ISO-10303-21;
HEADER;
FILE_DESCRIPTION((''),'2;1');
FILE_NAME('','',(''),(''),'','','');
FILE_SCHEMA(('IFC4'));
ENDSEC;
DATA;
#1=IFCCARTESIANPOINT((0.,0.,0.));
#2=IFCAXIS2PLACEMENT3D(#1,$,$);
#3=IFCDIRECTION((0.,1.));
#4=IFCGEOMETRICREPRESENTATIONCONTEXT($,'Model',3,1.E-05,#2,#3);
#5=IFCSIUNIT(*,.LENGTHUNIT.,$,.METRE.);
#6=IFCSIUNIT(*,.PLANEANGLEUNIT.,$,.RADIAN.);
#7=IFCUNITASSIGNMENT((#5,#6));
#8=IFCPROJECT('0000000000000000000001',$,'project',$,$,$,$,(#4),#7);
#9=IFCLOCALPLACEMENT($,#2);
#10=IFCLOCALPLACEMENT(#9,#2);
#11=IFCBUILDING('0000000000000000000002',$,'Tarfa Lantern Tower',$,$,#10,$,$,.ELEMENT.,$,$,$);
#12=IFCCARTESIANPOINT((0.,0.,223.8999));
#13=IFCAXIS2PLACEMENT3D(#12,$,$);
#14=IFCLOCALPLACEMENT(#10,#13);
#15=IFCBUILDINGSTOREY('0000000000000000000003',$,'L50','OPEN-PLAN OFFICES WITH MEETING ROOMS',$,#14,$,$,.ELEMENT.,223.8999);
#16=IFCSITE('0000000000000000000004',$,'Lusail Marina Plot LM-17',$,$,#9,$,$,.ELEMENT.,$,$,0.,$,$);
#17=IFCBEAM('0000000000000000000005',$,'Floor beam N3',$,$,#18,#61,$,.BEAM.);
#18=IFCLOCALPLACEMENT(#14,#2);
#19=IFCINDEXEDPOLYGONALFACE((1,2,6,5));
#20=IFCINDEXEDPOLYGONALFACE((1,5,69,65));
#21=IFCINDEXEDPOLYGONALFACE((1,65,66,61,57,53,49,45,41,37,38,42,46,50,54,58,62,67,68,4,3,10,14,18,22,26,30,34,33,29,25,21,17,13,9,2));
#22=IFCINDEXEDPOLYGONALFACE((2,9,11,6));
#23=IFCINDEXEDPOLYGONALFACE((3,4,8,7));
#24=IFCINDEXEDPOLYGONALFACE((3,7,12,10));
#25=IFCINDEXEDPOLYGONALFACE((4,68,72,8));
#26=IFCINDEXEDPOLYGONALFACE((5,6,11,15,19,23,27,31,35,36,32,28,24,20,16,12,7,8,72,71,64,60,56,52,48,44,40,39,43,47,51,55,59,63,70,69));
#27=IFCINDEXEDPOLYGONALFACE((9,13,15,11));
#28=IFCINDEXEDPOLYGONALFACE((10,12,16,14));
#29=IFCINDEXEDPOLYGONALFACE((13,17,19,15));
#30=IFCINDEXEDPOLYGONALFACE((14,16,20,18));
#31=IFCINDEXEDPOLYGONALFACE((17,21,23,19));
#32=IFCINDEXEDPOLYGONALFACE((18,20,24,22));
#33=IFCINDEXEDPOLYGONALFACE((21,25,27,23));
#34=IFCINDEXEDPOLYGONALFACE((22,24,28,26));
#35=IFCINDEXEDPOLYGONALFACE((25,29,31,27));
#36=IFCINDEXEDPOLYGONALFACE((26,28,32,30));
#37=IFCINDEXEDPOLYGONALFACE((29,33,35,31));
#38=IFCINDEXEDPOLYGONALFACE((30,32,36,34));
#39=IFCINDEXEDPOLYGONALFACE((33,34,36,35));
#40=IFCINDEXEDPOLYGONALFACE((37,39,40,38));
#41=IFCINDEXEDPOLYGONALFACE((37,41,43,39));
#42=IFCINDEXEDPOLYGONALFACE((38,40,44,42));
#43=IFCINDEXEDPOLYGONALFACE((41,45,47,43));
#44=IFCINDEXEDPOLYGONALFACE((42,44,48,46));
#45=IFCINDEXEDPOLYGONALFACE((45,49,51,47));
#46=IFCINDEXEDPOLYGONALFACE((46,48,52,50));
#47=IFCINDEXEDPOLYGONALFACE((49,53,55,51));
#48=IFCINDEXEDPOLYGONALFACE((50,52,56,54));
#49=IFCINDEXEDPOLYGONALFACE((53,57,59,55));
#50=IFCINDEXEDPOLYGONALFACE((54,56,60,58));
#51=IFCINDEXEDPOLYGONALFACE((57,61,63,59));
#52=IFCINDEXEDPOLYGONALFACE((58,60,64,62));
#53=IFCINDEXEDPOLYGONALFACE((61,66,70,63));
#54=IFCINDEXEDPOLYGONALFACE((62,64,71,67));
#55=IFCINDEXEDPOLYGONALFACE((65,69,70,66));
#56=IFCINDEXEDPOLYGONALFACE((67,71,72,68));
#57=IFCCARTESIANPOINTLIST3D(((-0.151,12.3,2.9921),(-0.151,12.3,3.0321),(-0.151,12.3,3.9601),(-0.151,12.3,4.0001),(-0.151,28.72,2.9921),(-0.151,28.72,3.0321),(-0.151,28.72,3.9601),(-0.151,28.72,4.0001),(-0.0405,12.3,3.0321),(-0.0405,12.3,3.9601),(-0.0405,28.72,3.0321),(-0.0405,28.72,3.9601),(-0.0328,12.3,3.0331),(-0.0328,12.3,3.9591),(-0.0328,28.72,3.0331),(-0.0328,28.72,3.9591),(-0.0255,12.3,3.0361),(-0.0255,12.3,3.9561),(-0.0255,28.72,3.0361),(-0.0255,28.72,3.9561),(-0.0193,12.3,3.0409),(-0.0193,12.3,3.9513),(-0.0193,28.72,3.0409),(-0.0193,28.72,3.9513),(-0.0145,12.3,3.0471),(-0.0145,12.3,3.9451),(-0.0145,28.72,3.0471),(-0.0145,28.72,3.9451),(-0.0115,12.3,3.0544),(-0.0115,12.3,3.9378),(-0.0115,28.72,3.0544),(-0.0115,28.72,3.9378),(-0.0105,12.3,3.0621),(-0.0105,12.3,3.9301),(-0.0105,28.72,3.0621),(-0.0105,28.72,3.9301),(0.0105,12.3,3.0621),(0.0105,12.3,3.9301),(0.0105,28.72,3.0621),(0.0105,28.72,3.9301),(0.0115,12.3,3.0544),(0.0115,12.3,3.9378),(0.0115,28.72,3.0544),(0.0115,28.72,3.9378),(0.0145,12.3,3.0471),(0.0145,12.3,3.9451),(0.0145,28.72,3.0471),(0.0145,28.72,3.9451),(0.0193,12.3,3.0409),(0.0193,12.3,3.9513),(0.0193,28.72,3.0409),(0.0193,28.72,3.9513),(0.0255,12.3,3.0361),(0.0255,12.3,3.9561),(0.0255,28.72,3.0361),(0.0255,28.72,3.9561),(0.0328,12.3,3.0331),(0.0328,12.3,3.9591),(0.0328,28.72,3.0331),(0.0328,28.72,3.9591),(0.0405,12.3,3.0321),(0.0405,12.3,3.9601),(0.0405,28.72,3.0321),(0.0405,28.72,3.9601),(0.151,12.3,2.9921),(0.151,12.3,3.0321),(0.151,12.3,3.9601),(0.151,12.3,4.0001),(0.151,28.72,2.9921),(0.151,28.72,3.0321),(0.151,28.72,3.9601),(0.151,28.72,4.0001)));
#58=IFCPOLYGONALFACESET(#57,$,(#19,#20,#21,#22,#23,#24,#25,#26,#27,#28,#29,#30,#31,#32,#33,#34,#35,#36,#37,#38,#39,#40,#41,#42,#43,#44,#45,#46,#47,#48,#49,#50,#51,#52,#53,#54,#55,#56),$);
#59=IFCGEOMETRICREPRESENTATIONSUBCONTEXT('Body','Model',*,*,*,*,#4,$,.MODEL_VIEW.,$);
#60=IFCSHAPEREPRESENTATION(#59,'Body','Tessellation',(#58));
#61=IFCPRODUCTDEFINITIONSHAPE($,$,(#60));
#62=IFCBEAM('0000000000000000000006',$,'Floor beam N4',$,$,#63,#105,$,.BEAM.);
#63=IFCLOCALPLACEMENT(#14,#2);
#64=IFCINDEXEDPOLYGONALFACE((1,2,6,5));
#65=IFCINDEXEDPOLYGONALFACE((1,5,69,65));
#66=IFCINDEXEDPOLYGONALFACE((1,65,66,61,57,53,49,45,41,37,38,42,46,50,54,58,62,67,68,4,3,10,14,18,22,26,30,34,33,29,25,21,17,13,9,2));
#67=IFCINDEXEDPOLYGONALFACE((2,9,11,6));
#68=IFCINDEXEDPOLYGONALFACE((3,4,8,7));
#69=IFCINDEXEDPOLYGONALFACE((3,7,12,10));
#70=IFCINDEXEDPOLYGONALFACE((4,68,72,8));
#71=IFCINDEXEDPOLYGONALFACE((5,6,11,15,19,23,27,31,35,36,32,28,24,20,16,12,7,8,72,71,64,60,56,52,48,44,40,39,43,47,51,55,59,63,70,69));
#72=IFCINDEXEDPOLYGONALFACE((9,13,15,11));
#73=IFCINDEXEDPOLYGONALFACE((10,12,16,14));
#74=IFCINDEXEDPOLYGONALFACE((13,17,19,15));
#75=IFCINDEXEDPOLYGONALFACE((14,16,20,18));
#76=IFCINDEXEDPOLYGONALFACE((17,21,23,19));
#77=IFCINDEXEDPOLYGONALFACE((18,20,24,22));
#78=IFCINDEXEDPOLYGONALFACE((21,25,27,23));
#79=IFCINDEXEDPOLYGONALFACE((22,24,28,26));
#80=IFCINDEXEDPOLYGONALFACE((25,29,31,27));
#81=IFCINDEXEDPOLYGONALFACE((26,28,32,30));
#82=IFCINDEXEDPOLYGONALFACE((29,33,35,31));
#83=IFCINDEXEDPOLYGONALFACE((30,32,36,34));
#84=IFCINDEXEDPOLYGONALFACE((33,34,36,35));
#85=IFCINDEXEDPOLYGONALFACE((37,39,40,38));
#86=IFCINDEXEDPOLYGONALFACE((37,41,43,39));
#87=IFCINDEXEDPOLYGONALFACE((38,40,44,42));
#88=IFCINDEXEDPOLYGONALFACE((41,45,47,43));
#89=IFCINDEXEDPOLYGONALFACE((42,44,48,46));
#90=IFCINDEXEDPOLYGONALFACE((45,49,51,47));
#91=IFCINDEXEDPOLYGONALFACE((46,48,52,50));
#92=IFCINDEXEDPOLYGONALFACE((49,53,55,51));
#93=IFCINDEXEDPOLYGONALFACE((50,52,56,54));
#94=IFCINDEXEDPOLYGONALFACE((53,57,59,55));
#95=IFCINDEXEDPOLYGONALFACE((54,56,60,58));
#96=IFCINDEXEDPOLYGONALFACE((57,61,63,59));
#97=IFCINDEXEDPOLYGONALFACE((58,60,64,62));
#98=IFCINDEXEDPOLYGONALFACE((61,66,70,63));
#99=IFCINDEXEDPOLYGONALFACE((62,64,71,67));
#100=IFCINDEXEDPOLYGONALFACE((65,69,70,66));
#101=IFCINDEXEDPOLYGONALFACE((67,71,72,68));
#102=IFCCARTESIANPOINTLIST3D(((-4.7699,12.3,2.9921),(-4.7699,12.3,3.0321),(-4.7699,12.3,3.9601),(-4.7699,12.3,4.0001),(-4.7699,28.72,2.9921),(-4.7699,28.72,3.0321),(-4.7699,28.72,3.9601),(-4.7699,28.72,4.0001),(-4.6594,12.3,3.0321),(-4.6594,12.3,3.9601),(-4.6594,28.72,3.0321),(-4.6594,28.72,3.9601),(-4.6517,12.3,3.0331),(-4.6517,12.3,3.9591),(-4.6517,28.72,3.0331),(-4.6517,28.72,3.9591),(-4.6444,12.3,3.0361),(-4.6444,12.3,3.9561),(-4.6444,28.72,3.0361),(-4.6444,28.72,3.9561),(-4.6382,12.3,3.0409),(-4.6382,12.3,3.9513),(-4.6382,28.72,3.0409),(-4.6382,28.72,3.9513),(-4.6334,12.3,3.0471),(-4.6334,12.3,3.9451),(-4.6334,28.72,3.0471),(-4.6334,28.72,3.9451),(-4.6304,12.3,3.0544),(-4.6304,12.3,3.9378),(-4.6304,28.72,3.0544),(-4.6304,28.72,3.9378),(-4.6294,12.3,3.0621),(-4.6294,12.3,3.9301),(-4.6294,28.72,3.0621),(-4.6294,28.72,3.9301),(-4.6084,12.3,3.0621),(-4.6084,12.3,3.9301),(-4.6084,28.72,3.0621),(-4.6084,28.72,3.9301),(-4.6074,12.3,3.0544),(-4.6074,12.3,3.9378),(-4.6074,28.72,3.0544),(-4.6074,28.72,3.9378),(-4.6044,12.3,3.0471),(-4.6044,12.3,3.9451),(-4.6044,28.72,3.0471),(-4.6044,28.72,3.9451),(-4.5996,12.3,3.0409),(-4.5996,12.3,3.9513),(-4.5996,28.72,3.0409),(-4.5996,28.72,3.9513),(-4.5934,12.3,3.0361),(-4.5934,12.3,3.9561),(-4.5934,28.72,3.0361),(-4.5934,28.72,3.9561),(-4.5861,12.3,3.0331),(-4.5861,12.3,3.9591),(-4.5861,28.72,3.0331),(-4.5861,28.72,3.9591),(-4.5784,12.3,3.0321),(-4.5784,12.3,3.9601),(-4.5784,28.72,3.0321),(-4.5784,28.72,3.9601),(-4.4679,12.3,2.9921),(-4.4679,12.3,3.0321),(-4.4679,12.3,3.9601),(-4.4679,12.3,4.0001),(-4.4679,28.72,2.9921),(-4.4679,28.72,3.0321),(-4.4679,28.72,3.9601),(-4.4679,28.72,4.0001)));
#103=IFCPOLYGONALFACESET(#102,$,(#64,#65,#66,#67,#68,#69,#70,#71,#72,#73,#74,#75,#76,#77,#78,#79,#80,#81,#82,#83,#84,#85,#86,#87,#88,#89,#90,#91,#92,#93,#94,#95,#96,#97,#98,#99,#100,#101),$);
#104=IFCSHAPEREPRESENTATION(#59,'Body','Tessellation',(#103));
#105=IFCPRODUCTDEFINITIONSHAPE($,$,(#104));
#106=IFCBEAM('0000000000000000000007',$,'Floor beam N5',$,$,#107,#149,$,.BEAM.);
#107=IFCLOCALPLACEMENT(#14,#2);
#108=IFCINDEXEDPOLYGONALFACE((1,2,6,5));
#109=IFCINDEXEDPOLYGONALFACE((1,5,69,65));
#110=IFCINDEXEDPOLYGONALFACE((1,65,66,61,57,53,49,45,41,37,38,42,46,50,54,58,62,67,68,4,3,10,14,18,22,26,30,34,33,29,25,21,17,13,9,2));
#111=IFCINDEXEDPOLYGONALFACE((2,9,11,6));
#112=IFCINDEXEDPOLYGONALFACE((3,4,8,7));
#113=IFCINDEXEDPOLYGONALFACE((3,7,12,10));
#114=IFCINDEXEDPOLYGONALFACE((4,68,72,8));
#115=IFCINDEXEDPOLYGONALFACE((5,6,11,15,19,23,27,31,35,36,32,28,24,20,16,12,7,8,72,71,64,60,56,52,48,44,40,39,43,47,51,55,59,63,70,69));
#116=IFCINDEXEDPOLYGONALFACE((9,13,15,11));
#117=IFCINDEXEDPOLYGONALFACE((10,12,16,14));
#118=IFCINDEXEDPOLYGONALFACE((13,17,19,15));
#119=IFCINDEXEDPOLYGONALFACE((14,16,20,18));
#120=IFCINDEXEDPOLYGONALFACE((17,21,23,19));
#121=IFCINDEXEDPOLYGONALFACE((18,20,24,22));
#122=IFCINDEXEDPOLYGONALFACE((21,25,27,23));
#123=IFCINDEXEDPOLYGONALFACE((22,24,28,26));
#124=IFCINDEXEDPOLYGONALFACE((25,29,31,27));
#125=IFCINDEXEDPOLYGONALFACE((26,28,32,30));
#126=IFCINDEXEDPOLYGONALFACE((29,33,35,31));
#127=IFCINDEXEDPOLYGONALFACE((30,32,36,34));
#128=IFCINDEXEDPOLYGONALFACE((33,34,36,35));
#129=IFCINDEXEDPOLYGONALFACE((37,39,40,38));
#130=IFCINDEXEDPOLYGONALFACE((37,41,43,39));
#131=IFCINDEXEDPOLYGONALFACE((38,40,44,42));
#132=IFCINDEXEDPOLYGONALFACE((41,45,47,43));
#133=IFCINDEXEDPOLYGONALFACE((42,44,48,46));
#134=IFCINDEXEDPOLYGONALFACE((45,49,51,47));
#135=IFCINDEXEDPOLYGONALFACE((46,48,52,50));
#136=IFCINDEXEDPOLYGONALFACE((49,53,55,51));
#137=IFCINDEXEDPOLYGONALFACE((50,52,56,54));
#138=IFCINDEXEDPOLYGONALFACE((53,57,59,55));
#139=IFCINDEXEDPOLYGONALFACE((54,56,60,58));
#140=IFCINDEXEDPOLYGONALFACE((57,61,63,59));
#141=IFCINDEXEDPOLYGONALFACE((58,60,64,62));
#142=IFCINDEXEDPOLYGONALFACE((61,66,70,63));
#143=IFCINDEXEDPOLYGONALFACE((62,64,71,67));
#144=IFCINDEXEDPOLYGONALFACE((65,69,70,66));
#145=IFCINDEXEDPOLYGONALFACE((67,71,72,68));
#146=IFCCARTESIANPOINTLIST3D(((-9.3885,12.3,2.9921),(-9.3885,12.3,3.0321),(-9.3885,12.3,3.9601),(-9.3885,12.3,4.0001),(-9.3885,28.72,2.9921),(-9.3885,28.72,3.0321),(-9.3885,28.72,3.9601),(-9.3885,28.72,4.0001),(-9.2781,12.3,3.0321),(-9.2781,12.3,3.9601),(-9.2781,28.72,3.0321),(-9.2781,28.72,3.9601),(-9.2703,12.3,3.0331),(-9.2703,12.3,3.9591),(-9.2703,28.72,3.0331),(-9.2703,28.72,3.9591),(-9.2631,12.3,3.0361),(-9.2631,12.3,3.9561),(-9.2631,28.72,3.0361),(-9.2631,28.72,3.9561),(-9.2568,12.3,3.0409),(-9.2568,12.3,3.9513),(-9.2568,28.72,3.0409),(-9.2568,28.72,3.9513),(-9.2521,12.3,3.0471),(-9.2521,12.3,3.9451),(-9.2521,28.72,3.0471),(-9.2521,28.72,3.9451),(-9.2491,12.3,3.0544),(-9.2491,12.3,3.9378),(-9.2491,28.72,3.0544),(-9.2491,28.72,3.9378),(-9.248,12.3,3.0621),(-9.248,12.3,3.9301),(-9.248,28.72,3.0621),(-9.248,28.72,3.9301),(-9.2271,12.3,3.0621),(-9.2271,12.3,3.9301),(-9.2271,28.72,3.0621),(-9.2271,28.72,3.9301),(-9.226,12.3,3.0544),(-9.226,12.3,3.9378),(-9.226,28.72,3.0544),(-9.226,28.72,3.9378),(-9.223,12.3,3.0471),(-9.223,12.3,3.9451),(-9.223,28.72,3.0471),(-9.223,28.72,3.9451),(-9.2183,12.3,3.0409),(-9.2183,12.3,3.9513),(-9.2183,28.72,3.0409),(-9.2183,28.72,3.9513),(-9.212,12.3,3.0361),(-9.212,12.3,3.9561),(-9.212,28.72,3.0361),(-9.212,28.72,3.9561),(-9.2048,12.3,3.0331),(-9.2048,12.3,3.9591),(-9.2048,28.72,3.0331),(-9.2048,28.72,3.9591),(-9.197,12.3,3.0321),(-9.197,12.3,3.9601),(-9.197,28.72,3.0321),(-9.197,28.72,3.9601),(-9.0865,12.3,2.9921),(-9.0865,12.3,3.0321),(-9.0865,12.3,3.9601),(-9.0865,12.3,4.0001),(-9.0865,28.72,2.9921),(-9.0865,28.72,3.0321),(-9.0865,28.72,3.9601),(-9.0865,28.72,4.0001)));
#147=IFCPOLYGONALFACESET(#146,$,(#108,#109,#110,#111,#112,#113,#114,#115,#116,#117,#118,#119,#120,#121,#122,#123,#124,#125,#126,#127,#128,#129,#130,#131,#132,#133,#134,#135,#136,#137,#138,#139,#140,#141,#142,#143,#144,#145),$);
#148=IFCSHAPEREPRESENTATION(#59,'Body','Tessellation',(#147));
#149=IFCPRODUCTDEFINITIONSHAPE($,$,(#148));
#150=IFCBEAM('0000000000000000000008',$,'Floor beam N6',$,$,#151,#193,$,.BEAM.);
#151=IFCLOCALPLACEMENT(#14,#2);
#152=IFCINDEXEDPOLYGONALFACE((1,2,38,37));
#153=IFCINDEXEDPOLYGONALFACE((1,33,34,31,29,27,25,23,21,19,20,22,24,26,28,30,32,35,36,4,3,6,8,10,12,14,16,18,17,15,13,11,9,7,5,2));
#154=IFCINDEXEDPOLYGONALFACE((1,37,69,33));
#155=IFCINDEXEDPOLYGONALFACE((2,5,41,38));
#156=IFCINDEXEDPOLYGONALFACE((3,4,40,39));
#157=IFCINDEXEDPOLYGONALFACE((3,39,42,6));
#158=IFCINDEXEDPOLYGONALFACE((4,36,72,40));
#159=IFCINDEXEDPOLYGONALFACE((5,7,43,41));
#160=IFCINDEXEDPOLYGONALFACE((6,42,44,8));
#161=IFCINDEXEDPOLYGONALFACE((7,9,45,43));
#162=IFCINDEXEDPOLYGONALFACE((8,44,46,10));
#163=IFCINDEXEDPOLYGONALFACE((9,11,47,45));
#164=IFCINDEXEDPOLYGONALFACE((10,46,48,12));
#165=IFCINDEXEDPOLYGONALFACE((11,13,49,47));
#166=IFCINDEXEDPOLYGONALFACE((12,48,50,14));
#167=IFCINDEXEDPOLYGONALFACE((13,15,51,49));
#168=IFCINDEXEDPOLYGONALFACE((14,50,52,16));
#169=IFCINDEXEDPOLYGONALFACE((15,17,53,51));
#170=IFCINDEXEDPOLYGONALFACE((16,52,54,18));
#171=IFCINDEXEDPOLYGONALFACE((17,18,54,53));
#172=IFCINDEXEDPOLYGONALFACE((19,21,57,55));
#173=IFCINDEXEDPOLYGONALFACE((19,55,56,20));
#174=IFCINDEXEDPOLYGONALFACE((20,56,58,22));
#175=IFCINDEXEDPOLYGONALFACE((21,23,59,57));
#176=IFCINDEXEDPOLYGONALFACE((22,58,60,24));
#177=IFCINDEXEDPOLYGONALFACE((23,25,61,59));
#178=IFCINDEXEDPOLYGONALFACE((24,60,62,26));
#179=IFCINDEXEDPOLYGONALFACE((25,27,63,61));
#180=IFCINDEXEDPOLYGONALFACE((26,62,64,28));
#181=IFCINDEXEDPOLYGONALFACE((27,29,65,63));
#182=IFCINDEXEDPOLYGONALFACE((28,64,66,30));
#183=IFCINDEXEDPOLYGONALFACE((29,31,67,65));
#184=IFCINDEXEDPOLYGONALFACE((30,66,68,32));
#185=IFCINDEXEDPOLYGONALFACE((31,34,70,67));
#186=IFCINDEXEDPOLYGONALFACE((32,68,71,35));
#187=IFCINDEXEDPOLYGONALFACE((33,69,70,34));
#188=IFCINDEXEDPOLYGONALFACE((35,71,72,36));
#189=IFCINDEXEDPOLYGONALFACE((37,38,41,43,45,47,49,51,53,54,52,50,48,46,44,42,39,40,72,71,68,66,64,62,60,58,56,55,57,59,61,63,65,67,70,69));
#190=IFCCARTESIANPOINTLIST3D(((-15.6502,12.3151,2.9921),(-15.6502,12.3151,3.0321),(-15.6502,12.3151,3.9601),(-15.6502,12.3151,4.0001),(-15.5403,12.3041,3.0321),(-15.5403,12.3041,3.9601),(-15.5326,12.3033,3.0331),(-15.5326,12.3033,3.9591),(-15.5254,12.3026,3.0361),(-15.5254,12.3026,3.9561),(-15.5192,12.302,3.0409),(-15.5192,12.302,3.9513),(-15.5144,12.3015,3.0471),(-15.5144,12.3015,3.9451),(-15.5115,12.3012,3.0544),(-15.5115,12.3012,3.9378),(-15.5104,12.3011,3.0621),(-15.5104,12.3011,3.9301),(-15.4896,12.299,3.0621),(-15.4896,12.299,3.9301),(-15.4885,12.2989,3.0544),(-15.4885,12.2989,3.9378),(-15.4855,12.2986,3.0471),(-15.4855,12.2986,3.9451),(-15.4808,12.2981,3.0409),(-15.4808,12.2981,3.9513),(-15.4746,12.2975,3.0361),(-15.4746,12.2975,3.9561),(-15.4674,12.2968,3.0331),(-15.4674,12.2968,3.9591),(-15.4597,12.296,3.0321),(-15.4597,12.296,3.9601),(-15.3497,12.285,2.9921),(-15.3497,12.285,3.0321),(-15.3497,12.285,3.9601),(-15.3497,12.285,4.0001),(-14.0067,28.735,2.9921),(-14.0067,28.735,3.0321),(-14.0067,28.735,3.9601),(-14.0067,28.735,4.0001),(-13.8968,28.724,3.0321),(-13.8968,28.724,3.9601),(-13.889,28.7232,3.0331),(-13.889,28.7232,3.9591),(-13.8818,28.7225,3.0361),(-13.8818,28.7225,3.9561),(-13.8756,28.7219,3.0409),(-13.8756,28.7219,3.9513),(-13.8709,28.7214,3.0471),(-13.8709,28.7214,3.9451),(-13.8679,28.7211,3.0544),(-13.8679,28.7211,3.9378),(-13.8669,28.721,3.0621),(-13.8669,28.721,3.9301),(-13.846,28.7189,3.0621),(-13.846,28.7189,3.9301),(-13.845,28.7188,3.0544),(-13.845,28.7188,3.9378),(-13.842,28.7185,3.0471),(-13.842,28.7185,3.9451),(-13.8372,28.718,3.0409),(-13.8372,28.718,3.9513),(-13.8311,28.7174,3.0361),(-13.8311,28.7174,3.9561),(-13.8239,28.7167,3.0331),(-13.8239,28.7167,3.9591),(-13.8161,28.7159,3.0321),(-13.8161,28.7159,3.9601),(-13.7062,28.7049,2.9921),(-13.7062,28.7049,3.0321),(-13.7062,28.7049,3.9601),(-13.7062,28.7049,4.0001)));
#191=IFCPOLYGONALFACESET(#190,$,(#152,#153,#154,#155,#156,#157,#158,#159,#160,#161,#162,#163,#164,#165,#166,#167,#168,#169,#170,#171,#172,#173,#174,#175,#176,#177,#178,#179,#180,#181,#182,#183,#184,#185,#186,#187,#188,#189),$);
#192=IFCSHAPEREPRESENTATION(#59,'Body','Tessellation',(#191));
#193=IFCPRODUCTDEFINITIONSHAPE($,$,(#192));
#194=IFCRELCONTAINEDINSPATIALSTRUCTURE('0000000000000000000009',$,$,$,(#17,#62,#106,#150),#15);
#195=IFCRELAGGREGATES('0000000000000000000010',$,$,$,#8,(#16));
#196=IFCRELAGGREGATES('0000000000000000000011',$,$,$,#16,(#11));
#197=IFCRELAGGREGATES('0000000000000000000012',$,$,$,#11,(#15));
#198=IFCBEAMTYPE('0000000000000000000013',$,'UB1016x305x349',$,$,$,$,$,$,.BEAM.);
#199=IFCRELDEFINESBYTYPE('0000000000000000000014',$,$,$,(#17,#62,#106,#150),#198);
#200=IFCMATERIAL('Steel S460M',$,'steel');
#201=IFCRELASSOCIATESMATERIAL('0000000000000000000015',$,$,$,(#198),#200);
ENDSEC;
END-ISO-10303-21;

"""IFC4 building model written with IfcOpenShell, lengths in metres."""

from ifc_helpers import new_model, si_unit, direction, frame, origin, origin_2d, place, context, subcontext, project, spatial, i_section, extrude, material, material_profile, profile_set, type_object, element, save


model = new_model("IFC4")

# Units and contexts
model_context = context("Model", 3, precision=1e-05, world=origin(), true_north=direction((0.0, 1.0)))
body_context = subcontext(model_context, "Body", "Model", "MODEL_VIEW")
ifc_project = project(units=[si_unit("LENGTHUNIT", "METRE"), si_unit("PLANEANGLEUNIT", "RADIAN")], contexts=[model_context])

# Site, building, storey
site_placement = place(None, origin())
site = spatial("IfcSite", under=ifc_project, at=site_placement, Name="Lusail Marina Plot LM-17", CompositionType="ELEMENT", RefElevation=0.0)
building_placement = place(site_placement, origin())
building = spatial("IfcBuilding", under=site, at=building_placement, Name="Tarfa Lantern Tower", CompositionType="ELEMENT")
storey_placement = place(building_placement, frame((0.0, 0.0, 223.8999)))
storey = spatial("IfcBuildingStorey", under=building, at=storey_placement, Name="L50", Description="OPEN-PLAN OFFICES WITH MEETING ROOMS", CompositionType="ELEMENT", Elevation=223.8999)

# Beams
ifc_material_1 = material(Name="Steel S460M", Category="steel")
ifc_material_profile_1 = material_profile(ifc_material_1, i_section(OverallWidth=0.302, OverallDepth=1.0081, WebThickness=0.021, FlangeThickness=0.04, FilletRadius=0.03, at=origin_2d()), Name="UB1016x305x349")
ifc_profile_set_1 = profile_set([ifc_material_profile_1], Name="Steel S460M")
beam_type_1 = type_object("IfcBeamType", Name="UB1016x305x349", PredefinedType="BEAM", material=ifc_profile_set_1)
for number, where, z_axis, x_axis, name in (
    (1, (0.0, 28.72, 3.4961), (0.0, -1.0, 0.0), (1.0, 0.0, 0.0), "Floor beam N3"),
    (2, (-4.6189, 28.72, 3.4961), (0.0, -1.0, 0.0), (1.0, 0.0, 0.0), "Floor beam N4"),
    (3, (-9.2375, 28.72, 3.4961), (0.0, -1.0, 0.0), (1.0, 0.0, 0.0), "Floor beam N5"),
):
    element("IfcBeam", number, at=place(storey_placement, frame(where, z_axis=z_axis, x_axis=x_axis)), inside=storey, type_object=beam_type_1, Name=name, PredefinedType="BEAM", context=body_context, shape_type="SweptSolid", body=[
        extrude(i_section(OverallWidth=0.302, OverallDepth=1.0081, WebThickness=0.021, FlangeThickness=0.04, FilletRadius=0.03, at=origin_2d()), origin(), (0.0, 0.0, 1.0), 16.4199),
    ])
beam_1_placement = place(storey_placement, frame((-13.8564, 28.72, 3.4961), z_axis=(-0.099597, -0.995028, 0.0), x_axis=(0.995028, -0.099597, 0.0)))
element("IfcBeam", 4, at=beam_1_placement, inside=storey, type_object=beam_type_1, Name="Floor beam N6", PredefinedType="BEAM", context=body_context, shape_type="SweptSolid", body=[
    extrude(i_section(OverallWidth=0.302, OverallDepth=1.0081, WebThickness=0.021, FlangeThickness=0.04, FilletRadius=0.03, at=origin_2d()), origin(), (0.0, 0.0, 1.0), 16.502),
])

save(model, "model.ifc")
